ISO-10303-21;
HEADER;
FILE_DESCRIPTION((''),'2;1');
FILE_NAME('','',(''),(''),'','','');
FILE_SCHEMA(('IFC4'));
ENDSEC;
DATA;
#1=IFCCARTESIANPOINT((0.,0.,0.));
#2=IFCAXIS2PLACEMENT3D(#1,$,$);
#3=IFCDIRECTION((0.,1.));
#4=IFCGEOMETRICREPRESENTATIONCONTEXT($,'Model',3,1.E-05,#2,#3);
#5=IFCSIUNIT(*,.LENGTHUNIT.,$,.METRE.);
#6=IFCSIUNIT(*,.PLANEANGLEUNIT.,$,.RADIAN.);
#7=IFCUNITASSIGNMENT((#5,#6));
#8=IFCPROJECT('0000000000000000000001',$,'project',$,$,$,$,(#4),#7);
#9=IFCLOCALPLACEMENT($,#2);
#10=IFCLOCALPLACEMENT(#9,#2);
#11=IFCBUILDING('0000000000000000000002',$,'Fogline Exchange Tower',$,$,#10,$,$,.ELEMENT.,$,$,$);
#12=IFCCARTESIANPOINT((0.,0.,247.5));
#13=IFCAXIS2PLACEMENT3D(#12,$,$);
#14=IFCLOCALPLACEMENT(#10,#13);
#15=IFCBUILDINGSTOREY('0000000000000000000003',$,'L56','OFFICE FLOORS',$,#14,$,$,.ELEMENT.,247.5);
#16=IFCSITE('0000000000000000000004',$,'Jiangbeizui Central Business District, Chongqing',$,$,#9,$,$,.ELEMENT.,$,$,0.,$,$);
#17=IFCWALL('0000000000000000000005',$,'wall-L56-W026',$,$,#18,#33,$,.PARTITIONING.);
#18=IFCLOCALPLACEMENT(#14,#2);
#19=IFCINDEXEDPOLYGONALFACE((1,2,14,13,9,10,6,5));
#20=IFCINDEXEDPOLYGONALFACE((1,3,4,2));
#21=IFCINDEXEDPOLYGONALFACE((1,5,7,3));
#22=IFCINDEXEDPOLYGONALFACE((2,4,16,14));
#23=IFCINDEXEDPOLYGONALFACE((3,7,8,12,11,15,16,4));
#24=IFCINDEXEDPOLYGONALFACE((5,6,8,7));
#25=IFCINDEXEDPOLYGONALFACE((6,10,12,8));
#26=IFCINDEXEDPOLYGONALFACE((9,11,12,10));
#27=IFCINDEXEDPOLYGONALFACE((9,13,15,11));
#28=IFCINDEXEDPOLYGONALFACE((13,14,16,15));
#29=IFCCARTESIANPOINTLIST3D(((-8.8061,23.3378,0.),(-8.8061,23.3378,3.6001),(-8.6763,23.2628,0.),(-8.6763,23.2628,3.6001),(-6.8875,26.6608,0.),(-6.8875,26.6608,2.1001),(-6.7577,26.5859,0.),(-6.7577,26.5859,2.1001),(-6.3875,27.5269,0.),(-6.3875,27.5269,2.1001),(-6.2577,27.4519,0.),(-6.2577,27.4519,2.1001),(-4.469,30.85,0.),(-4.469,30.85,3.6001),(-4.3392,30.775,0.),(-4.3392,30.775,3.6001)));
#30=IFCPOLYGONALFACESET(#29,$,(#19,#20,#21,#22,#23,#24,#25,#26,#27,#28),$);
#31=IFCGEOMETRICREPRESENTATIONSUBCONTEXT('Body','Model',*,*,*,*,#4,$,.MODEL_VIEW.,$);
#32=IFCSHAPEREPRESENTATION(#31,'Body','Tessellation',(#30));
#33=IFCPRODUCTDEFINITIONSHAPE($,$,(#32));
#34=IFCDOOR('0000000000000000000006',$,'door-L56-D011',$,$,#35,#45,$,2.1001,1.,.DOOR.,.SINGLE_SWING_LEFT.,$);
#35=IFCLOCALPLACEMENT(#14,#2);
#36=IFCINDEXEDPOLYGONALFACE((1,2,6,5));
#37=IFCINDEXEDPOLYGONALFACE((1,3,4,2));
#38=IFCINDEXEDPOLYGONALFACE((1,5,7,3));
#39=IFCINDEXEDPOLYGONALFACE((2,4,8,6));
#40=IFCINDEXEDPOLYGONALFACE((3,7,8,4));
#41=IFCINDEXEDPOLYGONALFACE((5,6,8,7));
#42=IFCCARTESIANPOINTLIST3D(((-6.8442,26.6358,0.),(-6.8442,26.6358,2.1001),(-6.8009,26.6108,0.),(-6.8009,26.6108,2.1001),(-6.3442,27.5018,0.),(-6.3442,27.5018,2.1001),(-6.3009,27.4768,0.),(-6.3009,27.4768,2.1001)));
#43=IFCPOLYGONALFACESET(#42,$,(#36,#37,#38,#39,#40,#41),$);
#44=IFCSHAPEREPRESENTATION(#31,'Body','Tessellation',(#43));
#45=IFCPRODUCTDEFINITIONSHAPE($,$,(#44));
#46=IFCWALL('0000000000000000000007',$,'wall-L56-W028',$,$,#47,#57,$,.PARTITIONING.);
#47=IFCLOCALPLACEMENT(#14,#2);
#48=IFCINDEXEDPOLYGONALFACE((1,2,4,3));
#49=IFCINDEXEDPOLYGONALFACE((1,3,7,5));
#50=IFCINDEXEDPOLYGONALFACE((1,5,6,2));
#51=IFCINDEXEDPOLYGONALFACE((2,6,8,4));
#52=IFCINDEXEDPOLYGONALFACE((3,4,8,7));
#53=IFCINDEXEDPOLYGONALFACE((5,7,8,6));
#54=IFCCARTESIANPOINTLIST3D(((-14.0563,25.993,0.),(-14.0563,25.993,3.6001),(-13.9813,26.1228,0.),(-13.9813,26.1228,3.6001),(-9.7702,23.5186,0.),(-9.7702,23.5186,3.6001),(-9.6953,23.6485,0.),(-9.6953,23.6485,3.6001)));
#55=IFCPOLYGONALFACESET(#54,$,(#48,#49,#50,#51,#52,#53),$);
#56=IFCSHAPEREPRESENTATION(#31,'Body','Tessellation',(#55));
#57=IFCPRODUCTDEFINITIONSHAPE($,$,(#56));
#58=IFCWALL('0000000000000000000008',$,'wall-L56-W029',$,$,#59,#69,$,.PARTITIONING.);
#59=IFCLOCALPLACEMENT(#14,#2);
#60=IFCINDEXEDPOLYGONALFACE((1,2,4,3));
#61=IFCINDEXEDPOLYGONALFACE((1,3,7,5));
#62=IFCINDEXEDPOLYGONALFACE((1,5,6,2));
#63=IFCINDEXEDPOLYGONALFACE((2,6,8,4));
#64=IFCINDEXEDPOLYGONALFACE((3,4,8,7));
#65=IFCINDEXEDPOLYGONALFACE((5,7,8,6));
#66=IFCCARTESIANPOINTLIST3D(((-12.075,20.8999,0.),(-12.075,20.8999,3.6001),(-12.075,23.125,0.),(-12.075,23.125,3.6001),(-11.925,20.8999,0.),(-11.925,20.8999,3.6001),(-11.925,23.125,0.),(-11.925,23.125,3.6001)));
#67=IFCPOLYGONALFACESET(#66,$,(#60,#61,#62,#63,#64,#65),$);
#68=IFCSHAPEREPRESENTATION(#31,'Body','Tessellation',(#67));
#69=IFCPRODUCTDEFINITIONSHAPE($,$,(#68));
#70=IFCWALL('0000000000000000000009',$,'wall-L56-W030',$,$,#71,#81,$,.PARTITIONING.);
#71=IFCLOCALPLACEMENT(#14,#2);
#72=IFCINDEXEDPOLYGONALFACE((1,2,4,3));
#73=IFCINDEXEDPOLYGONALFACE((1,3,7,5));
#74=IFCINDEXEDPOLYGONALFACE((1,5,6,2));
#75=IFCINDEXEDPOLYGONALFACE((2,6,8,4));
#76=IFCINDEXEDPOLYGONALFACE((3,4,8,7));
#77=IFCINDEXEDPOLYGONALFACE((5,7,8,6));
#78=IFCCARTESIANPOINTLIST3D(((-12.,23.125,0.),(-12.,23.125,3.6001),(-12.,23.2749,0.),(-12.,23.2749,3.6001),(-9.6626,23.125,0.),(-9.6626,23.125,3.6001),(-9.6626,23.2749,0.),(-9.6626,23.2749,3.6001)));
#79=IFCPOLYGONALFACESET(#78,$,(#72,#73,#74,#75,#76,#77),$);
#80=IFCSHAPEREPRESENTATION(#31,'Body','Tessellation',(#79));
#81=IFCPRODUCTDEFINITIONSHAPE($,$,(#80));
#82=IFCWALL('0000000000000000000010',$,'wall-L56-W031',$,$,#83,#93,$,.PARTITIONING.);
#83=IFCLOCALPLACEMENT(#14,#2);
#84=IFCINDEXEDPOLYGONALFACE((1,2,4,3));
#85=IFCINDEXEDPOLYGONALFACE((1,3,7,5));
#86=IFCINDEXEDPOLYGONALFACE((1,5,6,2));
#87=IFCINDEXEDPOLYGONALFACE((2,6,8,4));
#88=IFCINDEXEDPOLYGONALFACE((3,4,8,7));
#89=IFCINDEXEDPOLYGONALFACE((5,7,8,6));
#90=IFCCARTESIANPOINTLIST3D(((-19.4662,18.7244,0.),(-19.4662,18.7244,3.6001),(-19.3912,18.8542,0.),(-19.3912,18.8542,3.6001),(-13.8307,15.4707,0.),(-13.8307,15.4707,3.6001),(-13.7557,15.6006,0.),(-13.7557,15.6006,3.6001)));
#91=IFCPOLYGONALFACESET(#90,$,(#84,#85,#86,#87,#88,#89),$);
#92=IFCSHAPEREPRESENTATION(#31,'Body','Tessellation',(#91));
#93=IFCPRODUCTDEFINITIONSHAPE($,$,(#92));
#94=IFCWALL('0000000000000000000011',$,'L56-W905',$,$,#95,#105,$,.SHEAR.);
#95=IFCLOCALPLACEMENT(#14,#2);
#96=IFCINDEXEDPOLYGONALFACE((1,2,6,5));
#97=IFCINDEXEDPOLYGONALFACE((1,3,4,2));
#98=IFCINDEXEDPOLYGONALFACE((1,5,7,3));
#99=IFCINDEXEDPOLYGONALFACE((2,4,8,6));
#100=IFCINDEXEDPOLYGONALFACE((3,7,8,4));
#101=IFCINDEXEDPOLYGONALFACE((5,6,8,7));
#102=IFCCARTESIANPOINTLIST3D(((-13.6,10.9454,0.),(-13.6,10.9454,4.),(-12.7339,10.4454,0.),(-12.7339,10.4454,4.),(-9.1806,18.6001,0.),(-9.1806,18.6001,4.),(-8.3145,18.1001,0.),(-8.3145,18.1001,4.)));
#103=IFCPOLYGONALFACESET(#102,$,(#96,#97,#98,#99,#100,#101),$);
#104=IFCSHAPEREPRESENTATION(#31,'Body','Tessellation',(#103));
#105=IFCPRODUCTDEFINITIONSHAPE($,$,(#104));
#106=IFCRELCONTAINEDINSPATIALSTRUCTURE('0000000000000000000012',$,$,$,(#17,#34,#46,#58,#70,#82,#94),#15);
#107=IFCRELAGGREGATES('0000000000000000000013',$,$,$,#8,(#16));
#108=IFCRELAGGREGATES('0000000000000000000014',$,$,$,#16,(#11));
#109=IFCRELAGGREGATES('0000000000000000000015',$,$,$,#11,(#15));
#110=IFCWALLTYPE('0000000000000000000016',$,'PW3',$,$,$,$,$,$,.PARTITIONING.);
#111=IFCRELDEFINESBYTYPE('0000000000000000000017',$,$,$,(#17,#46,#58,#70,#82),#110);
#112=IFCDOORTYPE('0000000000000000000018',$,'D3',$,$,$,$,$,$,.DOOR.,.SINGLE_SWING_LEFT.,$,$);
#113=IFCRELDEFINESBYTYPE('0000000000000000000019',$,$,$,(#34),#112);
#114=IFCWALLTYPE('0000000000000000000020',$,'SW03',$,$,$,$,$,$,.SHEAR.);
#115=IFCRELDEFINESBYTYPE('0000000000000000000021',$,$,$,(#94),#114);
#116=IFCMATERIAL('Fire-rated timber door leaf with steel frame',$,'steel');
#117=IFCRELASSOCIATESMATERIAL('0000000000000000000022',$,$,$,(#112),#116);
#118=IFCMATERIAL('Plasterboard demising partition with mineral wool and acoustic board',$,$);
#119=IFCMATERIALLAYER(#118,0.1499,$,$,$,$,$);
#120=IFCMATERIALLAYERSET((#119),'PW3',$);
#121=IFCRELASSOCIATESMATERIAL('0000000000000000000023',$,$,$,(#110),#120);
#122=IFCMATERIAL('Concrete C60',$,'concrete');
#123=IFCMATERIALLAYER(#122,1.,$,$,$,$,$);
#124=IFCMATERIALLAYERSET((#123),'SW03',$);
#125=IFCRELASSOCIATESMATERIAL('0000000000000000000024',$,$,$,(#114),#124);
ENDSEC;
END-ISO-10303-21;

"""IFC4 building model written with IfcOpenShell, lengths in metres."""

from ifc_helpers import new_model, si_unit, direction, frame, frame_2d, origin, place, context, subcontext, project, spatial, rectangle, extrude, material, layer, layer_set, type_object, element, fill, save


model = new_model("IFC4")

# Units and contexts
model_context = context("Model", 3, precision=1e-05, world=origin(), true_north=direction((0.0, 1.0)))
body_context = subcontext(model_context, "Body", "Model", "MODEL_VIEW")
ifc_project = project(units=[si_unit("LENGTHUNIT", "METRE"), si_unit("PLANEANGLEUNIT", "RADIAN")], contexts=[model_context])

# Site, building, storey
site_placement = place(None, origin())
site = spatial("IfcSite", under=ifc_project, at=site_placement, Name="Jiangbeizui Central Business District, Chongqing", CompositionType="ELEMENT", RefElevation=0.0)
building_placement = place(site_placement, origin())
building = spatial("IfcBuilding", under=site, at=building_placement, Name="Fogline Exchange Tower", CompositionType="ELEMENT")
storey_placement = place(building_placement, frame((0.0, 0.0, 247.5)))
storey = spatial("IfcBuildingStorey", under=building, at=storey_placement, Name="L56", Description="OFFICE FLOORS", CompositionType="ELEMENT", Elevation=247.5)

# Shared definitions
ifc_material_1 = material(Name="Concrete C60", Category="concrete")

# Shared definitions
ifc_material_2 = material(Name="Fire-rated timber door leaf with steel frame", Category="steel")
door_type_1 = type_object("IfcDoorType", Name="D3", OperationType="SINGLE_SWING_LEFT", PredefinedType="DOOR", material=ifc_material_2)

# Wall, opening, door
ifc_material_3 = material(Name="Plasterboard demising partition with mineral wool and acoustic board")
ifc_layer_1 = layer(ifc_material_3, 0.1499)
ifc_layer_set_1 = layer_set([ifc_layer_1], Name="PW3")
wall_type_1 = type_object("IfcWallType", Name="PW3", PredefinedType="PARTITIONING", material=ifc_layer_set_1)
wall_1_placement = place(storey_placement, frame((-8.7412, 23.3003, 0.0), z_axis=(0.0, 0.0, 1.0), x_axis=(0.499999, 0.866026, 0.0)))
wall_1 = element("IfcWall", 1, at=wall_1_placement, inside=storey, type_object=wall_type_1, Name="wall-L56-W026", PredefinedType="PARTITIONING", context=body_context, shape_type="SweptSolid", body=[
    extrude(rectangle(XDim=8.6743, YDim=0.1499, at=frame_2d((4.3372, 0.0))), origin(), (0.0, 0.0, 1.0), 3.6001),
])
opening_1_placement = place(wall_1_placement, frame((3.8372, 0.0, 0.0)))
opening_1 = element("IfcOpeningElement", 2, at=opening_1_placement, cuts=wall_1, PredefinedType="OPENING", context=body_context, shape_type="SweptSolid", body=[
    extrude(rectangle(XDim=1.0, YDim=2.1001, at=frame_2d((0.5, 1.05))), frame((0.0, 0.085, 0.0), z_axis=(0.0, -1.0, 0.0), x_axis=(1.0, 0.0, 0.0)), (0.0, 0.0, 1.0), 0.1699),
])
door_1_placement = place(opening_1_placement, origin())
door_1 = element("IfcDoor", 3, at=door_1_placement, inside=storey, type_object=door_type_1, Name="door-L56-D011", OperationType="SINGLE_SWING_LEFT", OverallHeight=2.1001, OverallWidth=1.0, PredefinedType="DOOR", context=body_context, shape_type="SweptSolid", body=[
    extrude(rectangle(XDim=1.0, YDim=2.1001, at=frame_2d((0.5, 1.05))), frame((0.0, 0.0249, 0.0), z_axis=(0.0, -1.0, 0.0), x_axis=(1.0, 0.0, 0.0)), (0.0, 0.0, 1.0), 0.05),
])
fill(opening_1, door_1)

# Walls
wall_2_placement = place(storey_placement, frame((-9.7327, 23.5835, 0.0), z_axis=(0.0, 0.0, 1.0), x_axis=(-0.866046, 0.499964, 0.0)))
element("IfcWall", 4, at=wall_2_placement, inside=storey, type_object=wall_type_1, Name="wall-L56-W028", PredefinedType="PARTITIONING", context=body_context, shape_type="SweptSolid", body=[
    extrude(rectangle(XDim=4.949, YDim=0.1499, at=frame_2d((2.4746, 0.0))), origin(), (0.0, 0.0, 1.0), 3.6001),
])
wall_3_placement = place(storey_placement, frame((-12.0, 20.8999, 0.0), z_axis=(0.0, 0.0, 1.0), x_axis=(0.0, 1.0, 0.0)))
element("IfcWall", 5, at=wall_3_placement, inside=storey, type_object=wall_type_1, Name="wall-L56-W029", PredefinedType="PARTITIONING", context=body_context, shape_type="SweptSolid", body=[
    extrude(rectangle(XDim=2.2251, YDim=0.1499, at=frame_2d((1.1125, 0.0))), origin(), (0.0, 0.0, 1.0), 3.6001),
])
wall_4_placement = place(storey_placement, frame((-12.0, 23.2, 0.0), z_axis=(0.0, 0.0, 1.0), x_axis=(1.0, 0.0, 0.0)))
element("IfcWall", 6, at=wall_4_placement, inside=storey, type_object=wall_type_1, Name="wall-L56-W030", PredefinedType="PARTITIONING", context=body_context, shape_type="SweptSolid", body=[
    extrude(rectangle(XDim=2.3374, YDim=0.1499, at=frame_2d((1.1687, 0.0))), origin(), (0.0, 0.0, 1.0), 3.6001),
])
wall_5_placement = place(storey_placement, frame((-13.7932, 15.5356, 0.0), z_axis=(0.0, 0.0, 1.0), x_axis=(-0.866025, 0.500001, 0.0)))
element("IfcWall", 7, at=wall_5_placement, inside=storey, type_object=wall_type_1, Name="wall-L56-W031", PredefinedType="PARTITIONING", context=body_context, shape_type="SweptSolid", body=[
    extrude(rectangle(XDim=6.5073, YDim=0.1499, at=frame_2d((3.2537, 0.0))), origin(), (0.0, 0.0, 1.0), 3.6001),
])
ifc_layer_2 = layer(ifc_material_1, 1.0)
ifc_layer_set_2 = layer_set([ifc_layer_2], Name="SW03")
wall_type_2 = type_object("IfcWallType", Name="SW03", PredefinedType="SHEAR", material=ifc_layer_set_2)
wall_6_placement = place(storey_placement, frame((-8.7476, 18.3501, 0.0), z_axis=(0.0, 0.0, 1.0), x_axis=(-0.499995, -0.866028, 0.0)))
element("IfcWall", 8, at=wall_6_placement, inside=storey, type_object=wall_type_2, Name="L56-W905", PredefinedType="SHEAR", context=body_context, shape_type="SweptSolid", body=[
    extrude(rectangle(XDim=8.8389, YDim=1.0, at=frame_2d((4.4194, 0.0))), origin(), (0.0, 0.0, 1.0), 4.0),
])

save(model, "model.ifc")
